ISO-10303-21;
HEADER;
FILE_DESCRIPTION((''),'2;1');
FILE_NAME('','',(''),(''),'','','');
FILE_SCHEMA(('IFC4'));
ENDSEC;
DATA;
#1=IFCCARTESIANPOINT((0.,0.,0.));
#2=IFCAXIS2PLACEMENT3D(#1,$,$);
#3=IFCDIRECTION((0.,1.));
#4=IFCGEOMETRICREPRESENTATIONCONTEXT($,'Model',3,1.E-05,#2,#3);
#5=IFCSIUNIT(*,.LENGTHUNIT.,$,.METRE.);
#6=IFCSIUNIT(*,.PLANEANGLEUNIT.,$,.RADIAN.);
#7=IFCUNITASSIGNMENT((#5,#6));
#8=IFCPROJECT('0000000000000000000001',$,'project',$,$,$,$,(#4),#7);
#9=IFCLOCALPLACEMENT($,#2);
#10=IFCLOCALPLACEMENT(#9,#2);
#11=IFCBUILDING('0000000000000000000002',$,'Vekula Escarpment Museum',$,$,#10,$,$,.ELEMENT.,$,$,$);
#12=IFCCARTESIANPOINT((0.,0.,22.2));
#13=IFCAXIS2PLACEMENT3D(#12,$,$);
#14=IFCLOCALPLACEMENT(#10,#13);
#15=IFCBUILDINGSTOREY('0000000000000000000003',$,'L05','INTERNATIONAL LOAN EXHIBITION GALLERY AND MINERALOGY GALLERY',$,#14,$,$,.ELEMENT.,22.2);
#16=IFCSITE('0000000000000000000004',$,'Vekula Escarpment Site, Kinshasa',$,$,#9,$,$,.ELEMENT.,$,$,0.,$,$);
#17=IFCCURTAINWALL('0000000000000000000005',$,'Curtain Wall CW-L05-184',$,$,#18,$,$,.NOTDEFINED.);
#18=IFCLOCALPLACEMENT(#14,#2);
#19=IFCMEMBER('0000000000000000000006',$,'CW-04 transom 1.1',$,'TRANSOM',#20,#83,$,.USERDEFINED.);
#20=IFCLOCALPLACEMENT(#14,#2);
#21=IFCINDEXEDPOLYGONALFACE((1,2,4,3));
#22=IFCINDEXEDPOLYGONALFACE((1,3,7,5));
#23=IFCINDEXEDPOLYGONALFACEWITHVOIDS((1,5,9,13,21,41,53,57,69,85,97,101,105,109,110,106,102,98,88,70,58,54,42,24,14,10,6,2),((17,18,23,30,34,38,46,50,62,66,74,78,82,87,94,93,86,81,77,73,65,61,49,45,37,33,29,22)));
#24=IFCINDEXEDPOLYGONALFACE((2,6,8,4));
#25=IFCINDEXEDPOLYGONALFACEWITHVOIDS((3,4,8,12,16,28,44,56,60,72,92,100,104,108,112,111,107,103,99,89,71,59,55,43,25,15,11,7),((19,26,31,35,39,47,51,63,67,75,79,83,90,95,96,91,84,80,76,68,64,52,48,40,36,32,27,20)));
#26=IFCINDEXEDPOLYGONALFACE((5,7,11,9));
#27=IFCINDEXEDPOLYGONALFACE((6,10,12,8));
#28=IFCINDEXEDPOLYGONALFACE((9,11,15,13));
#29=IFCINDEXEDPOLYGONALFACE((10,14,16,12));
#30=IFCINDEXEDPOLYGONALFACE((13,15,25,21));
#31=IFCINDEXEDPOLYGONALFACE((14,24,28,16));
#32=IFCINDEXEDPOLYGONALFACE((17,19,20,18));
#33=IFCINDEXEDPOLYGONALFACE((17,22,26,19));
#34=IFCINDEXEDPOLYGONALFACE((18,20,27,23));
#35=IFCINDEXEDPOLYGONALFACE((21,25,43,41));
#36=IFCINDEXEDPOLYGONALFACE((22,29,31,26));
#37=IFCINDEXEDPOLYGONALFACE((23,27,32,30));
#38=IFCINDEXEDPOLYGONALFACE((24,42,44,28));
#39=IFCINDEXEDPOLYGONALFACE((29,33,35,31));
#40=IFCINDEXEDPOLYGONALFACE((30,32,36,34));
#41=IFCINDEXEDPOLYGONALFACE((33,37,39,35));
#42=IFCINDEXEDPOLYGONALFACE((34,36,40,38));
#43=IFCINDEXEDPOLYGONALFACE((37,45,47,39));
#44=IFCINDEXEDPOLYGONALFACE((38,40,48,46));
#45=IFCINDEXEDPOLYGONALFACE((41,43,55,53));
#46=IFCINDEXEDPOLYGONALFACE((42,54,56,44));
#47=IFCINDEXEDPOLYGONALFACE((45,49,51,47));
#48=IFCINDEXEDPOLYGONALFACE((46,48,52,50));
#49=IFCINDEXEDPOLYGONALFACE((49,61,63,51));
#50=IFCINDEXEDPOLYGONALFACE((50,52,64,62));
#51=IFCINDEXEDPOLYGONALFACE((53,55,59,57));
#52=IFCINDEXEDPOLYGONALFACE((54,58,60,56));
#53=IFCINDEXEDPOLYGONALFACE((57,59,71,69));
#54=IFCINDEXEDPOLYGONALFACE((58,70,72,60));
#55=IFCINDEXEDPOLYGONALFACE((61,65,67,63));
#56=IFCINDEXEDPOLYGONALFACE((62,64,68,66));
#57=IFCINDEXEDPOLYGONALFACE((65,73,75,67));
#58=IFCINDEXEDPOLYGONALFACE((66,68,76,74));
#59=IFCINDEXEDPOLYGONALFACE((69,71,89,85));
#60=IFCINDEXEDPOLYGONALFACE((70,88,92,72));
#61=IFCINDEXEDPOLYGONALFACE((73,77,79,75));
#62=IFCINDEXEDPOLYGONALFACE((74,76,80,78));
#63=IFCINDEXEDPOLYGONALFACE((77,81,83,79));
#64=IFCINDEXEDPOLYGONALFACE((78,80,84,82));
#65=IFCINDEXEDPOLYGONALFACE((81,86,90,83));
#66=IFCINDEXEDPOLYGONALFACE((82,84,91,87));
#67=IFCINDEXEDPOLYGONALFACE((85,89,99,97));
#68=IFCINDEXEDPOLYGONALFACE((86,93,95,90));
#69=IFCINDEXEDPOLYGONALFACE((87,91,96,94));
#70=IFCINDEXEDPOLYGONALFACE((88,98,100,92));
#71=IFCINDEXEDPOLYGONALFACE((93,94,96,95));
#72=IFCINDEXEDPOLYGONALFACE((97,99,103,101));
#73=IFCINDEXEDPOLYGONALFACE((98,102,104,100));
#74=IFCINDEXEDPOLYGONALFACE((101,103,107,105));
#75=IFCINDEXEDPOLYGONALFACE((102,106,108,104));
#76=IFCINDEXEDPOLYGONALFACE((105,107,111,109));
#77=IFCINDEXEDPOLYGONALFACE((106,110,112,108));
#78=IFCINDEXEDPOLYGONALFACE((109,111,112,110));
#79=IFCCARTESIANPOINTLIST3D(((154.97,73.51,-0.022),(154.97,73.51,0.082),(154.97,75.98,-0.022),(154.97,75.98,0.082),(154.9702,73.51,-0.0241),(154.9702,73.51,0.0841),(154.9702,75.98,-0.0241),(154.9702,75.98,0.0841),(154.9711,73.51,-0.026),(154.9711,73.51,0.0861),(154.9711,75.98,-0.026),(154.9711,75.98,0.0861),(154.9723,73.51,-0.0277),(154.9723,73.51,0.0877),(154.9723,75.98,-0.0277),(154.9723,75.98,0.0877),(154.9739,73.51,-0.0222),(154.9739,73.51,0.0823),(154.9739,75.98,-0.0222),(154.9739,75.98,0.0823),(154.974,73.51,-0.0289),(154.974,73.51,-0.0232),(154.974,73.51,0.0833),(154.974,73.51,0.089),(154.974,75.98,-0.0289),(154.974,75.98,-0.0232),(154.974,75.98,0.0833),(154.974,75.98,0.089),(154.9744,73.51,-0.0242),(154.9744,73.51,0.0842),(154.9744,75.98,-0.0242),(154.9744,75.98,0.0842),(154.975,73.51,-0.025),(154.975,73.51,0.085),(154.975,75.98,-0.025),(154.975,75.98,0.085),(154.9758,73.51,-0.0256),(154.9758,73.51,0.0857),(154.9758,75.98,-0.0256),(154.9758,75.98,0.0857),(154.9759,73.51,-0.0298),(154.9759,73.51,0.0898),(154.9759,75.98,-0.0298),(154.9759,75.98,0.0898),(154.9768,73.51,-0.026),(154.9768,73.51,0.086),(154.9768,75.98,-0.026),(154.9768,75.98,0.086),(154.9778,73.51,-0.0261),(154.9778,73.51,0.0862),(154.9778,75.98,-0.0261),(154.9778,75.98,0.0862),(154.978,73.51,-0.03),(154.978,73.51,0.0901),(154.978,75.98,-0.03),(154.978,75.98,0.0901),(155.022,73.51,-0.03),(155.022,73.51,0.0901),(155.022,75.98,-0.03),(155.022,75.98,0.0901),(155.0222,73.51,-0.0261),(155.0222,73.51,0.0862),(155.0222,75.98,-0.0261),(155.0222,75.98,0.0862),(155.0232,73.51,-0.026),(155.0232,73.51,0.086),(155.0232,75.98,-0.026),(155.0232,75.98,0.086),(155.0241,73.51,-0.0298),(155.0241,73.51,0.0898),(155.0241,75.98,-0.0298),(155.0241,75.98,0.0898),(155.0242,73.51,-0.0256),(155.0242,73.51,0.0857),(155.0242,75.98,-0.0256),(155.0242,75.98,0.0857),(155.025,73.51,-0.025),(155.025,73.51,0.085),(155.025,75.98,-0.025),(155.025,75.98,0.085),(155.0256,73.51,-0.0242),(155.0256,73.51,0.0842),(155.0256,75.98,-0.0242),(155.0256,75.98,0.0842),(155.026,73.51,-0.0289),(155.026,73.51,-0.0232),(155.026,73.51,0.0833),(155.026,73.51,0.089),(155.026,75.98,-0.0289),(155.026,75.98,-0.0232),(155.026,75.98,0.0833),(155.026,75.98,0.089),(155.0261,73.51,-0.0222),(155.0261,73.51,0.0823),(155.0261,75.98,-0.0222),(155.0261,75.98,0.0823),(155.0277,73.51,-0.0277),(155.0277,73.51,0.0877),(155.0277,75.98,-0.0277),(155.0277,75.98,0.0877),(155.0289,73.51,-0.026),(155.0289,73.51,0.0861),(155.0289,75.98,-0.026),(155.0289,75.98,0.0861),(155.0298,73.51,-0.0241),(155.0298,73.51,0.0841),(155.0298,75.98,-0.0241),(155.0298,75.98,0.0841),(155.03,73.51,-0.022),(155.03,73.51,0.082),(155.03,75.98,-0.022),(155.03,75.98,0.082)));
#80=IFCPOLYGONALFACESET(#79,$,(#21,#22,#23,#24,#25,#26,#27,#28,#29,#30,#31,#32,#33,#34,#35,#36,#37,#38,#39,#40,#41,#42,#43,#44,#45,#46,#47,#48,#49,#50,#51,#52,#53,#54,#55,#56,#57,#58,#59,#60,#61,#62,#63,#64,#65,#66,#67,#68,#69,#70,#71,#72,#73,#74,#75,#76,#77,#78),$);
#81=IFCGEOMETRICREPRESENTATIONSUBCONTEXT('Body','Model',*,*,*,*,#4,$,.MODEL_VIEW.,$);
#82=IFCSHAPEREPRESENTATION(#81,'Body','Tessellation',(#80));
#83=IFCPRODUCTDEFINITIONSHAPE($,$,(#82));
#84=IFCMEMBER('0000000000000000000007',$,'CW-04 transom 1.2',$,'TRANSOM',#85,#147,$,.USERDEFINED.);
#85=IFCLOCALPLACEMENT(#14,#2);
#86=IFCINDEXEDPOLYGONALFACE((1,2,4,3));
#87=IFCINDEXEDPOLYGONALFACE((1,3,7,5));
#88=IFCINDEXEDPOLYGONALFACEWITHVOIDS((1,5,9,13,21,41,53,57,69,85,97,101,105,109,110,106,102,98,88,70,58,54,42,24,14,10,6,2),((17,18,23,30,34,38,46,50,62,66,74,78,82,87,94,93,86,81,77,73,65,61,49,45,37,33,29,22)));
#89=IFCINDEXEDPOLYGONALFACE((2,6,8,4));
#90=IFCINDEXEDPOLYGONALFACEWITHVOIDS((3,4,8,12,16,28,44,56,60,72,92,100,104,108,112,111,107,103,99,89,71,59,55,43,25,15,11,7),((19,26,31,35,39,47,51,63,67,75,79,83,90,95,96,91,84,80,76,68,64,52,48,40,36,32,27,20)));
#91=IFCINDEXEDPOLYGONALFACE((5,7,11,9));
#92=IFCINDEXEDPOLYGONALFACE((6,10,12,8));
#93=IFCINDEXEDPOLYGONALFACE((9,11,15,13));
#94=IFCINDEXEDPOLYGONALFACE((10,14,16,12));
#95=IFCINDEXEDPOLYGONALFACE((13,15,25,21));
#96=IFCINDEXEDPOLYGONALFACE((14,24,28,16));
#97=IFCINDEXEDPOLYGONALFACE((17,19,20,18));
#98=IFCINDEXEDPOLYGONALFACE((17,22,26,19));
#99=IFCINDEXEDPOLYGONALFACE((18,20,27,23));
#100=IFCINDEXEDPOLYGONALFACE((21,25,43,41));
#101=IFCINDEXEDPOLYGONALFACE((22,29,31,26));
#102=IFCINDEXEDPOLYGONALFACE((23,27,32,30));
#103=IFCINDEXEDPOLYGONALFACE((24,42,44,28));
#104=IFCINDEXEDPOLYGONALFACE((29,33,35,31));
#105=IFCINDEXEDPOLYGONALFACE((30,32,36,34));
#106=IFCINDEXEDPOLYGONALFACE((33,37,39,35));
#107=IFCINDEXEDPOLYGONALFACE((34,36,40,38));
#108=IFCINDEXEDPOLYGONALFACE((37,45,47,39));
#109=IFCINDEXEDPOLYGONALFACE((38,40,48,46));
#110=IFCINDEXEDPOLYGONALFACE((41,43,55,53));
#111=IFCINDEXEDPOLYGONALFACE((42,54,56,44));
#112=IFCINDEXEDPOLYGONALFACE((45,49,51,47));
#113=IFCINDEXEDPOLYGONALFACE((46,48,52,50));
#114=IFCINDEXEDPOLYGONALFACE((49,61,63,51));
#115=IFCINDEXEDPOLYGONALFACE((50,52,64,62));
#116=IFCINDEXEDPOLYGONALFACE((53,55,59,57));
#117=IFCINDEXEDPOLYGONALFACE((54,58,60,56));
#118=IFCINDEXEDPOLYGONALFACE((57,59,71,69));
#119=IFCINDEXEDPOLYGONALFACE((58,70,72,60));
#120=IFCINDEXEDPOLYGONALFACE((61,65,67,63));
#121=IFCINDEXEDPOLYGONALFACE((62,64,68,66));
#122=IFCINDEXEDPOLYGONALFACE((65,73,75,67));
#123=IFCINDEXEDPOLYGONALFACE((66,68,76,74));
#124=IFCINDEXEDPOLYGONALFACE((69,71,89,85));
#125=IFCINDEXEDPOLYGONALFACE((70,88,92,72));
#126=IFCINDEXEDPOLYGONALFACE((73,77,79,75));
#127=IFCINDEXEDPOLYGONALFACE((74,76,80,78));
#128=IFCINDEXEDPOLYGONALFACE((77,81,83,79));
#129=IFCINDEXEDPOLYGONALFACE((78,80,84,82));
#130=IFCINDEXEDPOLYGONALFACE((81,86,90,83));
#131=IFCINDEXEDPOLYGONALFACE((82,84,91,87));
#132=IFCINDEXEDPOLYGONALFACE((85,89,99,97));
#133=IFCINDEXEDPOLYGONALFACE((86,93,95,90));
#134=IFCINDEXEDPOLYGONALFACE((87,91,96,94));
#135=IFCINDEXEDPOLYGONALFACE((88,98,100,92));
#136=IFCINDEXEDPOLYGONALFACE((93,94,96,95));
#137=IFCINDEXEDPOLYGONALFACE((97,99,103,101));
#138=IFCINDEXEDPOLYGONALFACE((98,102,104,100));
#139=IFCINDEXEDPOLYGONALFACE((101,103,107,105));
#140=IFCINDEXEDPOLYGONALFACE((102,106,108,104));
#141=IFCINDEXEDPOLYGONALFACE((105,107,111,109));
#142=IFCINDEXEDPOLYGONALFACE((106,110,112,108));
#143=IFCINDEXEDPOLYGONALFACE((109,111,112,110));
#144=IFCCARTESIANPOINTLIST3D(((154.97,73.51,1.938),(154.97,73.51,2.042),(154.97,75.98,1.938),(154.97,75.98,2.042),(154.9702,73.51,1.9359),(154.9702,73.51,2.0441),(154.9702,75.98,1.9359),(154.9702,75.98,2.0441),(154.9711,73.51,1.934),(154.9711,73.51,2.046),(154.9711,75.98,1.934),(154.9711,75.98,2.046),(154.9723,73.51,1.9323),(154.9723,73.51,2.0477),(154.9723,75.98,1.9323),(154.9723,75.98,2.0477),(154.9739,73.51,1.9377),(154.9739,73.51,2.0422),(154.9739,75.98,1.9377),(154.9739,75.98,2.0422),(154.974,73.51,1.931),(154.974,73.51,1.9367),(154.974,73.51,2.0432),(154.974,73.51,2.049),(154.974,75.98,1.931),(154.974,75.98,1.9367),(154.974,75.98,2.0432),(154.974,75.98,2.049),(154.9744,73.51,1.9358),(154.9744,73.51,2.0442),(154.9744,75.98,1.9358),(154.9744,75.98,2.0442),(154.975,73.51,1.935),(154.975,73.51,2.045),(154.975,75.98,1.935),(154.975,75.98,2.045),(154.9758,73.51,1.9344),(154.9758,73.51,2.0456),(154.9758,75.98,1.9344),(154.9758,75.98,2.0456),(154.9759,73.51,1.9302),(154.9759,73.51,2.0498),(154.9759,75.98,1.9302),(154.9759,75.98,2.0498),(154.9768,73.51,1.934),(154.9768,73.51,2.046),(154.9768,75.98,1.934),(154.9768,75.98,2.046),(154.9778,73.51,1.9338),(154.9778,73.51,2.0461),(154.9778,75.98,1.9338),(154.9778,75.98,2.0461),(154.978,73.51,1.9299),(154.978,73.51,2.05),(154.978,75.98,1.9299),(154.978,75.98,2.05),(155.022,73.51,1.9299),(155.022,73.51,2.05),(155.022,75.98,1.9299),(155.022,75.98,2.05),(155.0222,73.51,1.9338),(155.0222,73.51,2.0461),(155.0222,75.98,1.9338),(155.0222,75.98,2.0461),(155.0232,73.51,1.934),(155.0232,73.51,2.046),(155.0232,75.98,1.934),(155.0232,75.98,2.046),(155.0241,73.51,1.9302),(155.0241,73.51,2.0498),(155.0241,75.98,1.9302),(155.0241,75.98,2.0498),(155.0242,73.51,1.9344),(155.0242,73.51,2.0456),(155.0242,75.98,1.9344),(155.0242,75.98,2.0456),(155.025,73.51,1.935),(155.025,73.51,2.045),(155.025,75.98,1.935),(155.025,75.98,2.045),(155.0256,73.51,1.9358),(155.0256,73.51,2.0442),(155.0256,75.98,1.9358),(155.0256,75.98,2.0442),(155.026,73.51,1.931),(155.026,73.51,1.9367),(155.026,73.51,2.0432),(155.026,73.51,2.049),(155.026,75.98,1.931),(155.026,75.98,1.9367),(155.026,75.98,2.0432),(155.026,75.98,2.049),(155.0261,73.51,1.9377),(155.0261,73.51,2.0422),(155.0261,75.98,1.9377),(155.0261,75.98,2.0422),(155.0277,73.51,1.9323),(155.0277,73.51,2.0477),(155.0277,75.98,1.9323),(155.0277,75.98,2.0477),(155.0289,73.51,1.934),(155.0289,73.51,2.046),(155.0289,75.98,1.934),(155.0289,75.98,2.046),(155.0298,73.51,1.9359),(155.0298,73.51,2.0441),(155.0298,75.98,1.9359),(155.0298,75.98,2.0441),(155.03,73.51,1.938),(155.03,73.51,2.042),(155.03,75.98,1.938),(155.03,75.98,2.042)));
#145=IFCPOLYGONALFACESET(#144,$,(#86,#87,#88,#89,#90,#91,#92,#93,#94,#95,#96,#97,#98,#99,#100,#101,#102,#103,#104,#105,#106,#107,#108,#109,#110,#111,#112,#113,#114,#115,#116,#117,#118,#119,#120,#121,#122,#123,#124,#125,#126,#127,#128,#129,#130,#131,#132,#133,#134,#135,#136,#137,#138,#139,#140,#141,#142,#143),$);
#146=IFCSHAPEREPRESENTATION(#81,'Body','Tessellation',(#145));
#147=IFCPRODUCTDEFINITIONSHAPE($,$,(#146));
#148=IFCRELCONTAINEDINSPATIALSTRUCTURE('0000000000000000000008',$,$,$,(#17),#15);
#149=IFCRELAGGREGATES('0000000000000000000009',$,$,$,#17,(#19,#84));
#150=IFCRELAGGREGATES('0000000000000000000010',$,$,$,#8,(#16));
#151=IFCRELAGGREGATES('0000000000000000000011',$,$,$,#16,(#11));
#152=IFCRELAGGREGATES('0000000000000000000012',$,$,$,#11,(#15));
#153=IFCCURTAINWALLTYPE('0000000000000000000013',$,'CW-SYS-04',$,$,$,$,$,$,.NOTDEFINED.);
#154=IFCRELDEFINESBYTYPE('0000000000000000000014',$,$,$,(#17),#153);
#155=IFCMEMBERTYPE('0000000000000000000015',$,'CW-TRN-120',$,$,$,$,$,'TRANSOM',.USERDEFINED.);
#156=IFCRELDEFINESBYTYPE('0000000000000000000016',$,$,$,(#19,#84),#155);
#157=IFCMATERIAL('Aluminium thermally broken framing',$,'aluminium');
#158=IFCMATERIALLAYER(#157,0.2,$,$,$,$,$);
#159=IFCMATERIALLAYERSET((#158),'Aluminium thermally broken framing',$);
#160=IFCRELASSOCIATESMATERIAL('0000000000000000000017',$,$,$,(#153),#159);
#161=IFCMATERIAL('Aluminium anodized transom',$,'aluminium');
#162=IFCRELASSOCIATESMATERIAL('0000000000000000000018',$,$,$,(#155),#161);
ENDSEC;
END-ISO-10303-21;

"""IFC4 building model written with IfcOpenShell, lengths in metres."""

from ifc_helpers import new_model, si_unit, direction, frame, origin, origin_2d, place, context, subcontext, project, spatial, hollow_rectangle, extrude, material, layer, layer_set, material_profile, profile_set, type_object, element, aggregate, save


model = new_model("IFC4")

# Units and contexts
model_context = context("Model", 3, precision=1e-05, world=origin(), true_north=direction((0.0, 1.0)))
body_context = subcontext(model_context, "Body", "Model", "MODEL_VIEW")
ifc_project = project(units=[si_unit("LENGTHUNIT", "METRE"), si_unit("PLANEANGLEUNIT", "RADIAN")], contexts=[model_context])

# Site, building, storey
site_placement = place(None, origin())
site = spatial("IfcSite", under=ifc_project, at=site_placement, Name="Vekula Escarpment Site, Kinshasa", CompositionType="ELEMENT", RefElevation=0.0)
building_placement = place(site_placement, origin())
building = spatial("IfcBuilding", under=site, at=building_placement, Name="Vekula Escarpment Museum", CompositionType="ELEMENT")
storey_placement = place(building_placement, frame((0.0, 0.0, 22.2)))
storey = spatial("IfcBuildingStorey", under=building, at=storey_placement, Name="L05", Description="INTERNATIONAL LOAN EXHIBITION GALLERY AND MINERALOGY GALLERY", CompositionType="ELEMENT", Elevation=22.2)

# Curtain wall, members
ifc_material_1 = material(Name="Aluminium thermally broken framing", Category="aluminium")
ifc_layer_1 = layer(ifc_material_1, 0.2)
ifc_layer_set_1 = layer_set([ifc_layer_1], Name="Aluminium thermally broken framing")
curtain_wall_type = type_object("IfcCurtainWallType", Name="CW-SYS-04", PredefinedType="NOTDEFINED", material=ifc_layer_set_1)
curtain_wall_placement = place(storey_placement, origin())
curtain_wall = element("IfcCurtainWall", 1, at=curtain_wall_placement, inside=storey, type_object=curtain_wall_type, Name="Curtain Wall CW-L05-184", PredefinedType="NOTDEFINED")
ifc_material_2 = material(Name="Aluminium anodized transom", Category="aluminium")
ifc_material_profile_1 = material_profile(ifc_material_2, hollow_rectangle(XDim=0.0601, YDim=0.1201, WallThickness=0.0039, InnerFilletRadius=0.0039, OuterFilletRadius=0.0081, at=origin_2d()), Name="ALU 120x60x4")
ifc_profile_set_1 = profile_set([ifc_material_profile_1], Name="Aluminium anodized transom")
member_type_1 = type_object("IfcMemberType", Name="CW-TRN-120", ElementType="TRANSOM", PredefinedType="USERDEFINED", material=ifc_profile_set_1)
member_1_placement = place(storey_placement, frame((155.0, 75.98, 0.03), z_axis=(0.0, -1.0, 0.0), x_axis=(1.0, 0.0, 0.0)))
member_1 = element("IfcMember", 2, at=member_1_placement, type_object=member_type_1, Name="CW-04 transom 1.1", ObjectType="TRANSOM", PredefinedType="USERDEFINED", context=body_context, shape_type="SweptSolid", body=[
    extrude(hollow_rectangle(XDim=0.0601, YDim=0.1201, WallThickness=0.0039, InnerFilletRadius=0.0039, OuterFilletRadius=0.0081, at=origin_2d()), origin(), (0.0, 0.0, 1.0), 2.47),
])
member_2_placement = place(storey_placement, frame((155.0, 75.98, 1.99), z_axis=(0.0, -1.0, 0.0), x_axis=(1.0, 0.0, 0.0)))
member_2 = element("IfcMember", 3, at=member_2_placement, type_object=member_type_1, Name="CW-04 transom 1.2", ObjectType="TRANSOM", PredefinedType="USERDEFINED", context=body_context, shape_type="SweptSolid", body=[
    extrude(hollow_rectangle(XDim=0.0601, YDim=0.1201, WallThickness=0.0039, InnerFilletRadius=0.0039, OuterFilletRadius=0.0081, at=origin_2d()), origin(), (0.0, 0.0, 1.0), 2.47),
])
aggregate(curtain_wall, [member_1, member_2])

save(model, "model.ifc")
